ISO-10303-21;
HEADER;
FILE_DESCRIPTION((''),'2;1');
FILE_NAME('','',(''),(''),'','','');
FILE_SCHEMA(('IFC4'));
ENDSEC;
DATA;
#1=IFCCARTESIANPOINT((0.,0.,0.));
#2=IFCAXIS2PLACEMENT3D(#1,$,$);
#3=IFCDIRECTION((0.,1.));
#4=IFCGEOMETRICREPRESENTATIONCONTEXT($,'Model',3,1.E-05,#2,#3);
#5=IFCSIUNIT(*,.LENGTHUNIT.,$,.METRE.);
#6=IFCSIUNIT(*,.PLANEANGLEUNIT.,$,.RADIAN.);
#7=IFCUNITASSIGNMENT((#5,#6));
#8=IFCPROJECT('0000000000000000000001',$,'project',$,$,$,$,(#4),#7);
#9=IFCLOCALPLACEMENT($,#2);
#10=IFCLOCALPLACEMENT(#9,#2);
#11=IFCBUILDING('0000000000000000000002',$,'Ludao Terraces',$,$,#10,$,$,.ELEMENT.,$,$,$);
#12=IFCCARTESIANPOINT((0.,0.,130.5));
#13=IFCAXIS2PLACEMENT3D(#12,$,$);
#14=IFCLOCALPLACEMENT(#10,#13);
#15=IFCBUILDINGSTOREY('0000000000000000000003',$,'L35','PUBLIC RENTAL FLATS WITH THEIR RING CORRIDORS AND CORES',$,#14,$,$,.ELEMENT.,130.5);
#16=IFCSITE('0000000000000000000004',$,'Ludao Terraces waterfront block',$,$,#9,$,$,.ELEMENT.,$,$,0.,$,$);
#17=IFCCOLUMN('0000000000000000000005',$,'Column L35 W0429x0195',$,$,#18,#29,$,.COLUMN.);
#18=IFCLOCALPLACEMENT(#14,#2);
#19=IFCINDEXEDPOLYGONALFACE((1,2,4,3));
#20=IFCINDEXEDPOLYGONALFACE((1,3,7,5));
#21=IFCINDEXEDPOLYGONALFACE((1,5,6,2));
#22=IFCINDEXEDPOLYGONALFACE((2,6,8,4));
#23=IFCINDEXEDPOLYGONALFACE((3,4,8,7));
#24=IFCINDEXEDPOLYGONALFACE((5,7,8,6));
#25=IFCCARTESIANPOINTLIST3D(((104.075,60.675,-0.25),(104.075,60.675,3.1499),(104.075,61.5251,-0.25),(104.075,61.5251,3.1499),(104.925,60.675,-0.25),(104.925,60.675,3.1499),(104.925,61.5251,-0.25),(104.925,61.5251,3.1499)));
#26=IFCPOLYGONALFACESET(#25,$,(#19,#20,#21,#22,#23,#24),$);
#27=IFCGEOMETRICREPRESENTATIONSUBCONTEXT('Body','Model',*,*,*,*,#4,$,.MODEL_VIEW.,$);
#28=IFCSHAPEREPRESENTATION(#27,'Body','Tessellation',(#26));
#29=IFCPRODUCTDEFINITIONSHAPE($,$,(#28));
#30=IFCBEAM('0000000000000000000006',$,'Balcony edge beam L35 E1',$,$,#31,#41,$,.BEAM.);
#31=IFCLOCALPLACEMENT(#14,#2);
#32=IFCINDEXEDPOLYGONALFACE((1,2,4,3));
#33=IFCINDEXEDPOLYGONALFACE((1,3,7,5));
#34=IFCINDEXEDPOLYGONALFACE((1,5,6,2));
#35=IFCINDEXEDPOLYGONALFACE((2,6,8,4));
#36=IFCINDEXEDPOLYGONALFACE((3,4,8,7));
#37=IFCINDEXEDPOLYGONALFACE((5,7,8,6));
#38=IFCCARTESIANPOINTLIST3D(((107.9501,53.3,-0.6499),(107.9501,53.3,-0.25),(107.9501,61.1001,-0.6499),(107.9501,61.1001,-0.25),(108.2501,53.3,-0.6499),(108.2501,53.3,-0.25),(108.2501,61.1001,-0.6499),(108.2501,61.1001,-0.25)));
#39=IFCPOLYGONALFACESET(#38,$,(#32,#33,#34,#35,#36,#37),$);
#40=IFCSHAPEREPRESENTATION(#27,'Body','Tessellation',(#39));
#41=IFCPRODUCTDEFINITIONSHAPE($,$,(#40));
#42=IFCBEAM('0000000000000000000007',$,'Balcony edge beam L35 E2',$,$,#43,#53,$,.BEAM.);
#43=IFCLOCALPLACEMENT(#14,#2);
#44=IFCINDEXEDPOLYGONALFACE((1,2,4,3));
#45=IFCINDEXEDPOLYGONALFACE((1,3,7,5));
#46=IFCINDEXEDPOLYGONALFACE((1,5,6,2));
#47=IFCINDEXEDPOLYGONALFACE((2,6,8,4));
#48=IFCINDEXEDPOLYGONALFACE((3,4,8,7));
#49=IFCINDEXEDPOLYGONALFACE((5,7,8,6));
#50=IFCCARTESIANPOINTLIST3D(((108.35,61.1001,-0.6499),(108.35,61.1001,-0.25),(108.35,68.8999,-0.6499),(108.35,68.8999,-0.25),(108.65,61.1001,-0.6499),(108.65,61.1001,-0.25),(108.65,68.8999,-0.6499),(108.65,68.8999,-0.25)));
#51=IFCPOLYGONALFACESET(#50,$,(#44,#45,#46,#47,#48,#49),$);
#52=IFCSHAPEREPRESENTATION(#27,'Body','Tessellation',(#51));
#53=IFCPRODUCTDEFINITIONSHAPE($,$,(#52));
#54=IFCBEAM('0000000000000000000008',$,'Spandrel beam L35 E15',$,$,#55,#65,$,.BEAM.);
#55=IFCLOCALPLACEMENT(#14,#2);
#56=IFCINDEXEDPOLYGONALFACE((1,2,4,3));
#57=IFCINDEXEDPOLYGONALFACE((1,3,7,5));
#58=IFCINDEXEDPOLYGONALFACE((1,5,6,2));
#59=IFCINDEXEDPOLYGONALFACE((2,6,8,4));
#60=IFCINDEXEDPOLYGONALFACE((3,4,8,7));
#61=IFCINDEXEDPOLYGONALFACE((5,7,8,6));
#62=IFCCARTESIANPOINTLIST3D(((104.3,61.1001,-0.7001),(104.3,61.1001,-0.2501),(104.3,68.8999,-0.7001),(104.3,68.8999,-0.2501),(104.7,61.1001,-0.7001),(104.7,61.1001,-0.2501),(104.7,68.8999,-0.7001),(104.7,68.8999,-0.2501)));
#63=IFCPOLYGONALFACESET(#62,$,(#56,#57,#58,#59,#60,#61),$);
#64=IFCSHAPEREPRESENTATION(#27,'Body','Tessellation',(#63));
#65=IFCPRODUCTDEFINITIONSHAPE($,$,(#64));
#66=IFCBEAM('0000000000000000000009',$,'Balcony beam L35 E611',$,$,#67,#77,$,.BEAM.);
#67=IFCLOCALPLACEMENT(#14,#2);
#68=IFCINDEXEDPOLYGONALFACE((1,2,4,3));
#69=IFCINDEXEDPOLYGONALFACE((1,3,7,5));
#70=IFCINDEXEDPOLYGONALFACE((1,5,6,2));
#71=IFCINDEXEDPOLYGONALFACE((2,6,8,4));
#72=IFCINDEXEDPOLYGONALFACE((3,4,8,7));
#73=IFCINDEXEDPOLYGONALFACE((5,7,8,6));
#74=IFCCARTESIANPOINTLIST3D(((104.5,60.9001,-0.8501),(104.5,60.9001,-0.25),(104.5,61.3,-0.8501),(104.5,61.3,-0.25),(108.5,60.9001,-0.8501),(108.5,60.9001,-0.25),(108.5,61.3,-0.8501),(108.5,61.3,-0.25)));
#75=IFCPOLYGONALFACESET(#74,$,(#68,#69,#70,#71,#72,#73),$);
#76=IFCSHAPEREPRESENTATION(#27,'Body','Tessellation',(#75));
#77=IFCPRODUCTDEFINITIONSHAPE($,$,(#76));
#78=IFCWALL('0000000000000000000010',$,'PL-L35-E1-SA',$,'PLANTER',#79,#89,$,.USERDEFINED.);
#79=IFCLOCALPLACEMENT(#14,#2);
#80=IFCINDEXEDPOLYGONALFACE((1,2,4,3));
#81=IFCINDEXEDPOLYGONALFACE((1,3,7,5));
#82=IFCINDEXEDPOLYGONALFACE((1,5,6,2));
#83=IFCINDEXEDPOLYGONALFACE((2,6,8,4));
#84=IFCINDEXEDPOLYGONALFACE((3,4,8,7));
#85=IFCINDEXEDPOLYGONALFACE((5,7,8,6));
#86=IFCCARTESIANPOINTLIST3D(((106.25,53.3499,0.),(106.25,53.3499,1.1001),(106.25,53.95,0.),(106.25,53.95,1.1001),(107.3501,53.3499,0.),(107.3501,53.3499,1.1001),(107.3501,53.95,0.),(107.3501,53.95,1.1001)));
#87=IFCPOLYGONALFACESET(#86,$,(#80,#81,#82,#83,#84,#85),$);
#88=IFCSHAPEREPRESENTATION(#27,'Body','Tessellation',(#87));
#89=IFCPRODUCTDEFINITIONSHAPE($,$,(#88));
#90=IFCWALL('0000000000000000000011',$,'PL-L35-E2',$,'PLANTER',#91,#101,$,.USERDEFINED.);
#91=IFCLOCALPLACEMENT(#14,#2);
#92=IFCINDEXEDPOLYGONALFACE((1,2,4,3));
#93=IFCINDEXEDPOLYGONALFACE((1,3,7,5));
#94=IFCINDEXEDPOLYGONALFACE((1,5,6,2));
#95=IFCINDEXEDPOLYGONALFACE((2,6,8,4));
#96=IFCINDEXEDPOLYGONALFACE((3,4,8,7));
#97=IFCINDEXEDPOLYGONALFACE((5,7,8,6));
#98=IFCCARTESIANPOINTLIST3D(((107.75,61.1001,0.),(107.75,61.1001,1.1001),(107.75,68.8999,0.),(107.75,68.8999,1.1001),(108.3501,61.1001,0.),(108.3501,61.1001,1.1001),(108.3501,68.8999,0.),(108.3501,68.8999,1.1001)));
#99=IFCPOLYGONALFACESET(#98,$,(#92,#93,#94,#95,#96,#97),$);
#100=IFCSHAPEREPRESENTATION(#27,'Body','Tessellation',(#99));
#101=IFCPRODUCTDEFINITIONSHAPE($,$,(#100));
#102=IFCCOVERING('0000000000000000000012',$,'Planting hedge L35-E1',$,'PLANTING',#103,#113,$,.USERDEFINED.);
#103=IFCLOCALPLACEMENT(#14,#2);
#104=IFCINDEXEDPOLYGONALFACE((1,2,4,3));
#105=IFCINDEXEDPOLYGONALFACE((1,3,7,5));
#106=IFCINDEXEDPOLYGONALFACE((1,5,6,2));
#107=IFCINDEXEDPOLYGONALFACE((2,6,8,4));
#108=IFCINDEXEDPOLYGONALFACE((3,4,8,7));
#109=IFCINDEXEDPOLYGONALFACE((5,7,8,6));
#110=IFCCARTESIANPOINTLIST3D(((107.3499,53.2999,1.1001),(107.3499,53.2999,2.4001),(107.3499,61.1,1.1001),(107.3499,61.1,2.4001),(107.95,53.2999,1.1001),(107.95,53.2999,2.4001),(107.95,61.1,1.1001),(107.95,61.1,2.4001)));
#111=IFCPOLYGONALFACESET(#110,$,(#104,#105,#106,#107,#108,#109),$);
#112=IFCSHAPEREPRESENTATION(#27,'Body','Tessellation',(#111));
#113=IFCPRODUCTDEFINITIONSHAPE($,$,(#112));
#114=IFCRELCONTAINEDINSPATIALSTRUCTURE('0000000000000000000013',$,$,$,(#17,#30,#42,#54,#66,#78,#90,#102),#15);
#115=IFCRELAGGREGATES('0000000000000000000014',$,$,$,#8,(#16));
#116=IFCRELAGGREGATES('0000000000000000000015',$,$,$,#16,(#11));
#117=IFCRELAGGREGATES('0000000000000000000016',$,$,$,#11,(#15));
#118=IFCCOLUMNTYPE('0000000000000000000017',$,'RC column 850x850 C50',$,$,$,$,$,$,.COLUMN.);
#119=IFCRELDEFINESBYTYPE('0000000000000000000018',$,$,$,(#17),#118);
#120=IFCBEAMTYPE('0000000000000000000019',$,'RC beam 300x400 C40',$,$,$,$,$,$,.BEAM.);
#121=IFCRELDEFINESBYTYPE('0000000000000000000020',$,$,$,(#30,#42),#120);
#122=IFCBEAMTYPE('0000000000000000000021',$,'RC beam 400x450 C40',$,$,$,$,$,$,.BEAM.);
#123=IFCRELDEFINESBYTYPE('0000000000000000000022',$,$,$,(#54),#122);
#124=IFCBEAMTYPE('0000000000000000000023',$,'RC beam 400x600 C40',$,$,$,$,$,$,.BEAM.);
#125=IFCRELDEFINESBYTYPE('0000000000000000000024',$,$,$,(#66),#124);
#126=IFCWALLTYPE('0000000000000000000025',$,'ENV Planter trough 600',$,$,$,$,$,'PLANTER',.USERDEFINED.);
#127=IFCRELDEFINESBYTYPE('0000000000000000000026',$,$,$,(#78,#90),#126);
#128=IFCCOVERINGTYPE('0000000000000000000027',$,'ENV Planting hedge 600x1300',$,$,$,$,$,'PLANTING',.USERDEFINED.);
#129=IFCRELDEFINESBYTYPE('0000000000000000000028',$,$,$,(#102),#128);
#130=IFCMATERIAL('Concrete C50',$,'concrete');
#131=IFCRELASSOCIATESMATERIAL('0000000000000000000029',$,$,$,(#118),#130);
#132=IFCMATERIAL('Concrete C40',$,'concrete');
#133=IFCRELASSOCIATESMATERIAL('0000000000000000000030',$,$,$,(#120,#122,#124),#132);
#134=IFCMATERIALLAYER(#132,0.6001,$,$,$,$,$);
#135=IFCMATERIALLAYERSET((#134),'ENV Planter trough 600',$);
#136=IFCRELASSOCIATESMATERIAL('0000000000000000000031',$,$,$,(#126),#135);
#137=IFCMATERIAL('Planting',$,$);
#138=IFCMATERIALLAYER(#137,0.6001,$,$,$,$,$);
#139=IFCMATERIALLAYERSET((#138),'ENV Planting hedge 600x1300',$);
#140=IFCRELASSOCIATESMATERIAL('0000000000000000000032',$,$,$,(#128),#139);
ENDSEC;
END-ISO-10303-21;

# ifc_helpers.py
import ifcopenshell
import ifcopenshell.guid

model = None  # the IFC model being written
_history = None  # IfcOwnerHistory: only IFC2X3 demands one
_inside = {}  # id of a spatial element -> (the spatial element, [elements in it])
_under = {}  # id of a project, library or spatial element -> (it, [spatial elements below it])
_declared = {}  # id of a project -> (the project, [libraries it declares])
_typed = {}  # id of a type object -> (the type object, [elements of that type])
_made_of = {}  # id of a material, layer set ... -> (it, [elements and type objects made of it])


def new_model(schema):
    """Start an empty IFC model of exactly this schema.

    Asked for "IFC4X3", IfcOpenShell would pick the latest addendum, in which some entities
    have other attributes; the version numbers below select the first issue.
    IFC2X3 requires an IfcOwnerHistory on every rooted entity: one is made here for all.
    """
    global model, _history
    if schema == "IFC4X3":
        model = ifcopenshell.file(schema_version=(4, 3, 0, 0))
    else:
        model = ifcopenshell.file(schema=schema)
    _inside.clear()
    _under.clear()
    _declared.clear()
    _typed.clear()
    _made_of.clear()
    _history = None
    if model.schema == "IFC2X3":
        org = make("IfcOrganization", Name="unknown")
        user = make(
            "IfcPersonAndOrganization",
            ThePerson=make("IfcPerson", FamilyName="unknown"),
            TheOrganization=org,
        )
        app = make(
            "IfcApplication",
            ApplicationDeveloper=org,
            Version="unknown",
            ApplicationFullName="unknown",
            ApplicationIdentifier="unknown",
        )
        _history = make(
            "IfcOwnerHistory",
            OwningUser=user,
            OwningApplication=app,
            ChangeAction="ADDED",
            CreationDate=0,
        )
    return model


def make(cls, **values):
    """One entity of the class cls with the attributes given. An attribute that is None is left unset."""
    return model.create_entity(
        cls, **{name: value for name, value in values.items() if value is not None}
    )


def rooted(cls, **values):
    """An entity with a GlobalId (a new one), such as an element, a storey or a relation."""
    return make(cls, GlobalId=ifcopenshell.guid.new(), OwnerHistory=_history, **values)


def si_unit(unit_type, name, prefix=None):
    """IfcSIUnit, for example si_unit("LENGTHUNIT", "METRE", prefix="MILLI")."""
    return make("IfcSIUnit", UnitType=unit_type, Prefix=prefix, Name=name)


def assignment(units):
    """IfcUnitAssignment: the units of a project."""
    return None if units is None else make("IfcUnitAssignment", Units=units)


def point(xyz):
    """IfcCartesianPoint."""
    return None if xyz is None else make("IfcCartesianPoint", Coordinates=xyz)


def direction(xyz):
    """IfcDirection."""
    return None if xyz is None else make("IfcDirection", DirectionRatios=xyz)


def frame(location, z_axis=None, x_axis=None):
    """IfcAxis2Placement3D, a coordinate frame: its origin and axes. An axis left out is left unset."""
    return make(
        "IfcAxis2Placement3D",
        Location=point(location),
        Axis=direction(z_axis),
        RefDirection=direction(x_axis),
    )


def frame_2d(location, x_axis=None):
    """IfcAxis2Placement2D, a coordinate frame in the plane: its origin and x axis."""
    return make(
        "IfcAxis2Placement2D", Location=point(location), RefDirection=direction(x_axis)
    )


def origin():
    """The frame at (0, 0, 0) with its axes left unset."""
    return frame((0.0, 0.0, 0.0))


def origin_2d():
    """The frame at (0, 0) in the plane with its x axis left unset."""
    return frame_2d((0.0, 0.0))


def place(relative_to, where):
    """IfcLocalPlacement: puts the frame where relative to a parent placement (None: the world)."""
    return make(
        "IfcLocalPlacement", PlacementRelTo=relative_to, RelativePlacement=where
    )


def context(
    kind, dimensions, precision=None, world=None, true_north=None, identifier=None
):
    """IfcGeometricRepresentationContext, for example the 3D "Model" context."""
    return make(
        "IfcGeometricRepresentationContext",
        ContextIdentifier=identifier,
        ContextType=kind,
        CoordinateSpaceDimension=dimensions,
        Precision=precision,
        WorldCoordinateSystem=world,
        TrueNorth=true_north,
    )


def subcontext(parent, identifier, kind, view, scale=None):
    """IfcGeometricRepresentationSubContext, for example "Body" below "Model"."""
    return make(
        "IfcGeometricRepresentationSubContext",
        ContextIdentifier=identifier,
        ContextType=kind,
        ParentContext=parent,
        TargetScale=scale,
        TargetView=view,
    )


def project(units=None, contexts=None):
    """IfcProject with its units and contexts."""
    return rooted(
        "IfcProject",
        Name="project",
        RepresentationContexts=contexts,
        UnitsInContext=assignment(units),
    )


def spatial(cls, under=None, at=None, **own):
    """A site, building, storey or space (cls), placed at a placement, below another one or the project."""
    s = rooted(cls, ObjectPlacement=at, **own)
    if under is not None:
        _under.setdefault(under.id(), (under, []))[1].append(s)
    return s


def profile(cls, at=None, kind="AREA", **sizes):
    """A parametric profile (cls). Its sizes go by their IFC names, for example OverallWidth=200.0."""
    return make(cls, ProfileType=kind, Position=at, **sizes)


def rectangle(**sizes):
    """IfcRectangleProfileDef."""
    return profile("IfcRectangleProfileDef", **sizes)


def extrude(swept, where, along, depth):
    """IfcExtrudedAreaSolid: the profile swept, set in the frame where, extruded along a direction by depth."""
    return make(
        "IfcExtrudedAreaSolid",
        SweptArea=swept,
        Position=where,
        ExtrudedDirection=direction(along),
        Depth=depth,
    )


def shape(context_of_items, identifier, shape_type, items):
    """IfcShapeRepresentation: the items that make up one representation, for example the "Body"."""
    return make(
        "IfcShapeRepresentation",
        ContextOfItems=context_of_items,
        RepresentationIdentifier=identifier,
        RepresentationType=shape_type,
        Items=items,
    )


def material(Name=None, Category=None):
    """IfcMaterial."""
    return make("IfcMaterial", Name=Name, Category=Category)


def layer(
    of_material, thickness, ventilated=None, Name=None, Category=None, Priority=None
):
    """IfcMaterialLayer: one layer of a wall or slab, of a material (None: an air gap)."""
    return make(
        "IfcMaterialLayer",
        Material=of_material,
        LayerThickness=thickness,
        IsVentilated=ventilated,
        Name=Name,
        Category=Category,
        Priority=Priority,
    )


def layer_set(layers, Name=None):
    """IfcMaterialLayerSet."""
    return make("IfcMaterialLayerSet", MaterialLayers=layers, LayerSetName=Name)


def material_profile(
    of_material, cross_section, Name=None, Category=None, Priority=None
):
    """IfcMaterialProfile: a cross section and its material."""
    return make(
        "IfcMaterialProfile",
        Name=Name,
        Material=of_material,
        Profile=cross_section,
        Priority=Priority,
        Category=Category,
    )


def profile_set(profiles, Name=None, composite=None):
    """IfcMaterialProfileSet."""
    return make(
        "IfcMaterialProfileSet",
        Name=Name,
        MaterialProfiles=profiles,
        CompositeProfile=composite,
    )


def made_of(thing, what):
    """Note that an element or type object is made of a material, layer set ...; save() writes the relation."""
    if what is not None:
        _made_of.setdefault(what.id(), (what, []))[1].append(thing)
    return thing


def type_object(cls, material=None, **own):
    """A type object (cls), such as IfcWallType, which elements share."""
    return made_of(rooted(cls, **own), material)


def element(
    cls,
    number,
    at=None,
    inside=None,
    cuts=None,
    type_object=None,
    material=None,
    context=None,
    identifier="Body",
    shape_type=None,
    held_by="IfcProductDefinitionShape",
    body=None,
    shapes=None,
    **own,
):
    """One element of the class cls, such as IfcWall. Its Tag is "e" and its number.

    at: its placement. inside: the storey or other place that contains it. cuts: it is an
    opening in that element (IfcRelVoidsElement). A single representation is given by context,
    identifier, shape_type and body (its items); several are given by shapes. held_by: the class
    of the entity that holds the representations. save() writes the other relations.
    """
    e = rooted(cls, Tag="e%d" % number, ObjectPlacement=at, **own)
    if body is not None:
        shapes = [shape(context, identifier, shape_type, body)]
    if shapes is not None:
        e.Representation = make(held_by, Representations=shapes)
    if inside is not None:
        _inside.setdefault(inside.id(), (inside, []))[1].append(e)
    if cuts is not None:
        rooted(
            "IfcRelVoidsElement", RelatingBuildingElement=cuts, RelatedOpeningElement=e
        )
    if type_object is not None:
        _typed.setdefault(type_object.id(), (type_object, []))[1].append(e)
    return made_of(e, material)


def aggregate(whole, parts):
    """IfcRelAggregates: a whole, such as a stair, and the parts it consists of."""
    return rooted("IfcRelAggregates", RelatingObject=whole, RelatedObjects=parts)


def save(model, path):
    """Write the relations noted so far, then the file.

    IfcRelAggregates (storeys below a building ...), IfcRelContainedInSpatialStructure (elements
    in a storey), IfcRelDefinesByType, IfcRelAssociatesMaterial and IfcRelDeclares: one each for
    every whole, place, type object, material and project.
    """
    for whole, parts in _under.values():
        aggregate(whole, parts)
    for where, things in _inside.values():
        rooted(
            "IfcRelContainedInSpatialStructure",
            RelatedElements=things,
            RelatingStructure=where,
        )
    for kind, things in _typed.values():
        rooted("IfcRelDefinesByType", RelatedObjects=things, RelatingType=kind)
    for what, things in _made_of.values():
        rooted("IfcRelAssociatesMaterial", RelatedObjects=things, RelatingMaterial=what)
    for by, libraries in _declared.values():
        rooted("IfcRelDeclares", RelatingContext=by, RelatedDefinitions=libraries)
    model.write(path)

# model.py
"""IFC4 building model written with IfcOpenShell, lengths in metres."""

from ifc_helpers import new_model, si_unit, direction, frame, frame_2d, origin, origin_2d, place, context, subcontext, project, spatial, rectangle, extrude, material, layer, layer_set, material_profile, profile_set, type_object, element, save


model = new_model("IFC4")

# Units and contexts
model_context = context("Model", 3, precision=1e-05, world=origin(), true_north=direction((0.0, 1.0)))
body_context = subcontext(model_context, "Body", "Model", "MODEL_VIEW")
ifc_project = project(units=[si_unit("LENGTHUNIT", "METRE"), si_unit("PLANEANGLEUNIT", "RADIAN")], contexts=[model_context])

# Site, building, storey
site_placement = place(None, origin())
site = spatial("IfcSite", under=ifc_project, at=site_placement, Name="Ludao Terraces waterfront block", CompositionType="ELEMENT", RefElevation=0.0)
building_placement = place(site_placement, origin())
building = spatial("IfcBuilding", under=site, at=building_placement, Name="Ludao Terraces", CompositionType="ELEMENT")
storey_placement = place(building_placement, frame((0.0, 0.0, 130.5)))
storey = spatial("IfcBuildingStorey", under=building, at=storey_placement, Name="L35", Description="PUBLIC RENTAL FLATS WITH THEIR RING CORRIDORS AND CORES", CompositionType="ELEMENT", Elevation=130.5)

# Column
ifc_material_1 = material(Name="Concrete C50", Category="concrete")
ifc_material_profile_1 = material_profile(ifc_material_1, rectangle(XDim=0.8501, YDim=0.8501, at=origin_2d()), Name="850 X 850")
ifc_profile_set_1 = profile_set([ifc_material_profile_1], Name="Concrete C50")
column_type = type_object("IfcColumnType", Name="RC column 850x850 C50", PredefinedType="COLUMN", material=ifc_profile_set_1)
column_placement = place(storey_placement, frame((104.5, 61.1001, -0.25), z_axis=(0.0, 0.0, 1.0), x_axis=(1.0, 0.0, 0.0)))
element("IfcColumn", 1, at=column_placement, inside=storey, type_object=column_type, Name="Column L35 W0429x0195", PredefinedType="COLUMN", context=body_context, shape_type="SweptSolid", body=[
    extrude(rectangle(XDim=0.8501, YDim=0.8501, at=origin_2d()), origin(), (0.0, 0.0, 1.0), 3.3999),
])

# Beams
ifc_material_2 = material(Name="Concrete C40", Category="concrete")
ifc_material_profile_2 = material_profile(ifc_material_2, rectangle(XDim=0.3, YDim=0.3999, at=origin_2d()), Name="300 X 400")
ifc_profile_set_2 = profile_set([ifc_material_profile_2], Name="Concrete C40")
beam_type_1 = type_object("IfcBeamType", Name="RC beam 300x400 C40", PredefinedType="BEAM", material=ifc_profile_set_2)
beam_1_placement = place(storey_placement, frame((108.1001, 53.3, -0.45), z_axis=(0.0, 1.0, 0.0), x_axis=(-1.0, 0.0, 0.0)))
element("IfcBeam", 2, at=beam_1_placement, inside=storey, type_object=beam_type_1, Name="Balcony edge beam L35 E1", PredefinedType="BEAM", context=body_context, shape_type="SweptSolid", body=[
    extrude(rectangle(XDim=0.3, YDim=0.3999, at=origin_2d()), origin(), (0.0, 0.0, 1.0), 7.8),
])
beam_2_placement = place(storey_placement, frame((108.5, 61.1001, -0.45), z_axis=(0.0, 1.0, 0.0), x_axis=(-1.0, 0.0, 0.0)))
element("IfcBeam", 3, at=beam_2_placement, inside=storey, type_object=beam_type_1, Name="Balcony edge beam L35 E2", PredefinedType="BEAM", context=body_context, shape_type="SweptSolid", body=[
    extrude(rectangle(XDim=0.3, YDim=0.3999, at=origin_2d()), origin(), (0.0, 0.0, 1.0), 7.7998),
])
ifc_material_profile_3 = material_profile(ifc_material_2, rectangle(XDim=0.3999, YDim=0.45, at=origin_2d()), Name="400 X 450")
ifc_profile_set_3 = profile_set([ifc_material_profile_3], Name="Concrete C40")
beam_type_2 = type_object("IfcBeamType", Name="RC beam 400x450 C40", PredefinedType="BEAM", material=ifc_profile_set_3)
beam_3_placement = place(storey_placement, frame((104.5, 61.1001, -0.4751), z_axis=(0.0, 1.0, 0.0), x_axis=(-1.0, 0.0, 0.0)))
element("IfcBeam", 4, at=beam_3_placement, inside=storey, type_object=beam_type_2, Name="Spandrel beam L35 E15", PredefinedType="BEAM", context=body_context, shape_type="SweptSolid", body=[
    extrude(rectangle(XDim=0.3999, YDim=0.45, at=origin_2d()), origin(), (0.0, 0.0, 1.0), 7.7998),
])
ifc_material_profile_4 = material_profile(ifc_material_2, rectangle(XDim=0.3999, YDim=0.6001, at=origin_2d()), Name="400 X 600")
ifc_profile_set_4 = profile_set([ifc_material_profile_4], Name="Concrete C40")
beam_type_3 = type_object("IfcBeamType", Name="RC beam 400x600 C40", PredefinedType="BEAM", material=ifc_profile_set_4)
beam_4_placement = place(storey_placement, frame((104.5, 61.1001, -0.55), z_axis=(1.0, 0.0, 0.0), x_axis=(0.0, 1.0, 0.0)))
element("IfcBeam", 5, at=beam_4_placement, inside=storey, type_object=beam_type_3, Name="Balcony beam L35 E611", PredefinedType="BEAM", context=body_context, shape_type="SweptSolid", body=[
    extrude(rectangle(XDim=0.3999, YDim=0.6001, at=origin_2d()), origin(), (0.0, 0.0, 1.0), 4.0),
])

# Walls
ifc_layer_1 = layer(ifc_material_2, 0.6001)
ifc_layer_set_1 = layer_set([ifc_layer_1], Name="ENV Planter trough 600")
wall_type_1 = type_object("IfcWallType", Name="ENV Planter trough 600", ElementType="PLANTER", PredefinedType="USERDEFINED", material=ifc_layer_set_1)
wall_1_placement = place(storey_placement, frame((107.3501, 53.6499, 0.0), z_axis=(0.0, 0.0, 1.0), x_axis=(-1.0, 0.0, 0.0)))
element("IfcWall", 6, at=wall_1_placement, inside=storey, type_object=wall_type_1, Name="PL-L35-E1-SA", ObjectType="PLANTER", PredefinedType="USERDEFINED", context=body_context, shape_type="SweptSolid", body=[
    extrude(rectangle(XDim=1.1001, YDim=0.6001, at=frame_2d((0.55, 0.0))), origin(), (0.0, 0.0, 1.0), 1.1001),
])
wall_2_placement = place(storey_placement, frame((108.05, 61.1001, 0.0), z_axis=(0.0, 0.0, 1.0), x_axis=(0.0, 1.0, 0.0)))
element("IfcWall", 7, at=wall_2_placement, inside=storey, type_object=wall_type_1, Name="PL-L35-E2", ObjectType="PLANTER", PredefinedType="USERDEFINED", context=body_context, shape_type="SweptSolid", body=[
    extrude(rectangle(XDim=7.7998, YDim=0.6001, at=frame_2d((3.8999, 0.0))), origin(), (0.0, 0.0, 1.0), 1.1001),
])

# Covering
ifc_material_3 = material(Name="Planting")
ifc_layer_2 = layer(ifc_material_3, 0.6001)
ifc_layer_set_2 = layer_set([ifc_layer_2], Name="ENV Planting hedge 600x1300")
covering_type = type_object("IfcCoveringType", Name="ENV Planting hedge 600x1300", ElementType="PLANTING", PredefinedType="USERDEFINED", material=ifc_layer_set_2)
covering_placement = place(storey_placement, frame((107.6499, 57.2, 1.1001), z_axis=(0.0, 0.0, 1.0), x_axis=(1.0, 0.0, 0.0)))
element("IfcCovering", 8, at=covering_placement, inside=storey, type_object=covering_type, Name="Planting hedge L35-E1", ObjectType="PLANTING", PredefinedType="USERDEFINED", context=body_context, shape_type="SweptSolid", body=[
    extrude(rectangle(XDim=0.6001, YDim=7.8, at=origin_2d()), origin(), (0.0, 0.0, 1.0), 1.3),
])

save(model, "model.ifc")
